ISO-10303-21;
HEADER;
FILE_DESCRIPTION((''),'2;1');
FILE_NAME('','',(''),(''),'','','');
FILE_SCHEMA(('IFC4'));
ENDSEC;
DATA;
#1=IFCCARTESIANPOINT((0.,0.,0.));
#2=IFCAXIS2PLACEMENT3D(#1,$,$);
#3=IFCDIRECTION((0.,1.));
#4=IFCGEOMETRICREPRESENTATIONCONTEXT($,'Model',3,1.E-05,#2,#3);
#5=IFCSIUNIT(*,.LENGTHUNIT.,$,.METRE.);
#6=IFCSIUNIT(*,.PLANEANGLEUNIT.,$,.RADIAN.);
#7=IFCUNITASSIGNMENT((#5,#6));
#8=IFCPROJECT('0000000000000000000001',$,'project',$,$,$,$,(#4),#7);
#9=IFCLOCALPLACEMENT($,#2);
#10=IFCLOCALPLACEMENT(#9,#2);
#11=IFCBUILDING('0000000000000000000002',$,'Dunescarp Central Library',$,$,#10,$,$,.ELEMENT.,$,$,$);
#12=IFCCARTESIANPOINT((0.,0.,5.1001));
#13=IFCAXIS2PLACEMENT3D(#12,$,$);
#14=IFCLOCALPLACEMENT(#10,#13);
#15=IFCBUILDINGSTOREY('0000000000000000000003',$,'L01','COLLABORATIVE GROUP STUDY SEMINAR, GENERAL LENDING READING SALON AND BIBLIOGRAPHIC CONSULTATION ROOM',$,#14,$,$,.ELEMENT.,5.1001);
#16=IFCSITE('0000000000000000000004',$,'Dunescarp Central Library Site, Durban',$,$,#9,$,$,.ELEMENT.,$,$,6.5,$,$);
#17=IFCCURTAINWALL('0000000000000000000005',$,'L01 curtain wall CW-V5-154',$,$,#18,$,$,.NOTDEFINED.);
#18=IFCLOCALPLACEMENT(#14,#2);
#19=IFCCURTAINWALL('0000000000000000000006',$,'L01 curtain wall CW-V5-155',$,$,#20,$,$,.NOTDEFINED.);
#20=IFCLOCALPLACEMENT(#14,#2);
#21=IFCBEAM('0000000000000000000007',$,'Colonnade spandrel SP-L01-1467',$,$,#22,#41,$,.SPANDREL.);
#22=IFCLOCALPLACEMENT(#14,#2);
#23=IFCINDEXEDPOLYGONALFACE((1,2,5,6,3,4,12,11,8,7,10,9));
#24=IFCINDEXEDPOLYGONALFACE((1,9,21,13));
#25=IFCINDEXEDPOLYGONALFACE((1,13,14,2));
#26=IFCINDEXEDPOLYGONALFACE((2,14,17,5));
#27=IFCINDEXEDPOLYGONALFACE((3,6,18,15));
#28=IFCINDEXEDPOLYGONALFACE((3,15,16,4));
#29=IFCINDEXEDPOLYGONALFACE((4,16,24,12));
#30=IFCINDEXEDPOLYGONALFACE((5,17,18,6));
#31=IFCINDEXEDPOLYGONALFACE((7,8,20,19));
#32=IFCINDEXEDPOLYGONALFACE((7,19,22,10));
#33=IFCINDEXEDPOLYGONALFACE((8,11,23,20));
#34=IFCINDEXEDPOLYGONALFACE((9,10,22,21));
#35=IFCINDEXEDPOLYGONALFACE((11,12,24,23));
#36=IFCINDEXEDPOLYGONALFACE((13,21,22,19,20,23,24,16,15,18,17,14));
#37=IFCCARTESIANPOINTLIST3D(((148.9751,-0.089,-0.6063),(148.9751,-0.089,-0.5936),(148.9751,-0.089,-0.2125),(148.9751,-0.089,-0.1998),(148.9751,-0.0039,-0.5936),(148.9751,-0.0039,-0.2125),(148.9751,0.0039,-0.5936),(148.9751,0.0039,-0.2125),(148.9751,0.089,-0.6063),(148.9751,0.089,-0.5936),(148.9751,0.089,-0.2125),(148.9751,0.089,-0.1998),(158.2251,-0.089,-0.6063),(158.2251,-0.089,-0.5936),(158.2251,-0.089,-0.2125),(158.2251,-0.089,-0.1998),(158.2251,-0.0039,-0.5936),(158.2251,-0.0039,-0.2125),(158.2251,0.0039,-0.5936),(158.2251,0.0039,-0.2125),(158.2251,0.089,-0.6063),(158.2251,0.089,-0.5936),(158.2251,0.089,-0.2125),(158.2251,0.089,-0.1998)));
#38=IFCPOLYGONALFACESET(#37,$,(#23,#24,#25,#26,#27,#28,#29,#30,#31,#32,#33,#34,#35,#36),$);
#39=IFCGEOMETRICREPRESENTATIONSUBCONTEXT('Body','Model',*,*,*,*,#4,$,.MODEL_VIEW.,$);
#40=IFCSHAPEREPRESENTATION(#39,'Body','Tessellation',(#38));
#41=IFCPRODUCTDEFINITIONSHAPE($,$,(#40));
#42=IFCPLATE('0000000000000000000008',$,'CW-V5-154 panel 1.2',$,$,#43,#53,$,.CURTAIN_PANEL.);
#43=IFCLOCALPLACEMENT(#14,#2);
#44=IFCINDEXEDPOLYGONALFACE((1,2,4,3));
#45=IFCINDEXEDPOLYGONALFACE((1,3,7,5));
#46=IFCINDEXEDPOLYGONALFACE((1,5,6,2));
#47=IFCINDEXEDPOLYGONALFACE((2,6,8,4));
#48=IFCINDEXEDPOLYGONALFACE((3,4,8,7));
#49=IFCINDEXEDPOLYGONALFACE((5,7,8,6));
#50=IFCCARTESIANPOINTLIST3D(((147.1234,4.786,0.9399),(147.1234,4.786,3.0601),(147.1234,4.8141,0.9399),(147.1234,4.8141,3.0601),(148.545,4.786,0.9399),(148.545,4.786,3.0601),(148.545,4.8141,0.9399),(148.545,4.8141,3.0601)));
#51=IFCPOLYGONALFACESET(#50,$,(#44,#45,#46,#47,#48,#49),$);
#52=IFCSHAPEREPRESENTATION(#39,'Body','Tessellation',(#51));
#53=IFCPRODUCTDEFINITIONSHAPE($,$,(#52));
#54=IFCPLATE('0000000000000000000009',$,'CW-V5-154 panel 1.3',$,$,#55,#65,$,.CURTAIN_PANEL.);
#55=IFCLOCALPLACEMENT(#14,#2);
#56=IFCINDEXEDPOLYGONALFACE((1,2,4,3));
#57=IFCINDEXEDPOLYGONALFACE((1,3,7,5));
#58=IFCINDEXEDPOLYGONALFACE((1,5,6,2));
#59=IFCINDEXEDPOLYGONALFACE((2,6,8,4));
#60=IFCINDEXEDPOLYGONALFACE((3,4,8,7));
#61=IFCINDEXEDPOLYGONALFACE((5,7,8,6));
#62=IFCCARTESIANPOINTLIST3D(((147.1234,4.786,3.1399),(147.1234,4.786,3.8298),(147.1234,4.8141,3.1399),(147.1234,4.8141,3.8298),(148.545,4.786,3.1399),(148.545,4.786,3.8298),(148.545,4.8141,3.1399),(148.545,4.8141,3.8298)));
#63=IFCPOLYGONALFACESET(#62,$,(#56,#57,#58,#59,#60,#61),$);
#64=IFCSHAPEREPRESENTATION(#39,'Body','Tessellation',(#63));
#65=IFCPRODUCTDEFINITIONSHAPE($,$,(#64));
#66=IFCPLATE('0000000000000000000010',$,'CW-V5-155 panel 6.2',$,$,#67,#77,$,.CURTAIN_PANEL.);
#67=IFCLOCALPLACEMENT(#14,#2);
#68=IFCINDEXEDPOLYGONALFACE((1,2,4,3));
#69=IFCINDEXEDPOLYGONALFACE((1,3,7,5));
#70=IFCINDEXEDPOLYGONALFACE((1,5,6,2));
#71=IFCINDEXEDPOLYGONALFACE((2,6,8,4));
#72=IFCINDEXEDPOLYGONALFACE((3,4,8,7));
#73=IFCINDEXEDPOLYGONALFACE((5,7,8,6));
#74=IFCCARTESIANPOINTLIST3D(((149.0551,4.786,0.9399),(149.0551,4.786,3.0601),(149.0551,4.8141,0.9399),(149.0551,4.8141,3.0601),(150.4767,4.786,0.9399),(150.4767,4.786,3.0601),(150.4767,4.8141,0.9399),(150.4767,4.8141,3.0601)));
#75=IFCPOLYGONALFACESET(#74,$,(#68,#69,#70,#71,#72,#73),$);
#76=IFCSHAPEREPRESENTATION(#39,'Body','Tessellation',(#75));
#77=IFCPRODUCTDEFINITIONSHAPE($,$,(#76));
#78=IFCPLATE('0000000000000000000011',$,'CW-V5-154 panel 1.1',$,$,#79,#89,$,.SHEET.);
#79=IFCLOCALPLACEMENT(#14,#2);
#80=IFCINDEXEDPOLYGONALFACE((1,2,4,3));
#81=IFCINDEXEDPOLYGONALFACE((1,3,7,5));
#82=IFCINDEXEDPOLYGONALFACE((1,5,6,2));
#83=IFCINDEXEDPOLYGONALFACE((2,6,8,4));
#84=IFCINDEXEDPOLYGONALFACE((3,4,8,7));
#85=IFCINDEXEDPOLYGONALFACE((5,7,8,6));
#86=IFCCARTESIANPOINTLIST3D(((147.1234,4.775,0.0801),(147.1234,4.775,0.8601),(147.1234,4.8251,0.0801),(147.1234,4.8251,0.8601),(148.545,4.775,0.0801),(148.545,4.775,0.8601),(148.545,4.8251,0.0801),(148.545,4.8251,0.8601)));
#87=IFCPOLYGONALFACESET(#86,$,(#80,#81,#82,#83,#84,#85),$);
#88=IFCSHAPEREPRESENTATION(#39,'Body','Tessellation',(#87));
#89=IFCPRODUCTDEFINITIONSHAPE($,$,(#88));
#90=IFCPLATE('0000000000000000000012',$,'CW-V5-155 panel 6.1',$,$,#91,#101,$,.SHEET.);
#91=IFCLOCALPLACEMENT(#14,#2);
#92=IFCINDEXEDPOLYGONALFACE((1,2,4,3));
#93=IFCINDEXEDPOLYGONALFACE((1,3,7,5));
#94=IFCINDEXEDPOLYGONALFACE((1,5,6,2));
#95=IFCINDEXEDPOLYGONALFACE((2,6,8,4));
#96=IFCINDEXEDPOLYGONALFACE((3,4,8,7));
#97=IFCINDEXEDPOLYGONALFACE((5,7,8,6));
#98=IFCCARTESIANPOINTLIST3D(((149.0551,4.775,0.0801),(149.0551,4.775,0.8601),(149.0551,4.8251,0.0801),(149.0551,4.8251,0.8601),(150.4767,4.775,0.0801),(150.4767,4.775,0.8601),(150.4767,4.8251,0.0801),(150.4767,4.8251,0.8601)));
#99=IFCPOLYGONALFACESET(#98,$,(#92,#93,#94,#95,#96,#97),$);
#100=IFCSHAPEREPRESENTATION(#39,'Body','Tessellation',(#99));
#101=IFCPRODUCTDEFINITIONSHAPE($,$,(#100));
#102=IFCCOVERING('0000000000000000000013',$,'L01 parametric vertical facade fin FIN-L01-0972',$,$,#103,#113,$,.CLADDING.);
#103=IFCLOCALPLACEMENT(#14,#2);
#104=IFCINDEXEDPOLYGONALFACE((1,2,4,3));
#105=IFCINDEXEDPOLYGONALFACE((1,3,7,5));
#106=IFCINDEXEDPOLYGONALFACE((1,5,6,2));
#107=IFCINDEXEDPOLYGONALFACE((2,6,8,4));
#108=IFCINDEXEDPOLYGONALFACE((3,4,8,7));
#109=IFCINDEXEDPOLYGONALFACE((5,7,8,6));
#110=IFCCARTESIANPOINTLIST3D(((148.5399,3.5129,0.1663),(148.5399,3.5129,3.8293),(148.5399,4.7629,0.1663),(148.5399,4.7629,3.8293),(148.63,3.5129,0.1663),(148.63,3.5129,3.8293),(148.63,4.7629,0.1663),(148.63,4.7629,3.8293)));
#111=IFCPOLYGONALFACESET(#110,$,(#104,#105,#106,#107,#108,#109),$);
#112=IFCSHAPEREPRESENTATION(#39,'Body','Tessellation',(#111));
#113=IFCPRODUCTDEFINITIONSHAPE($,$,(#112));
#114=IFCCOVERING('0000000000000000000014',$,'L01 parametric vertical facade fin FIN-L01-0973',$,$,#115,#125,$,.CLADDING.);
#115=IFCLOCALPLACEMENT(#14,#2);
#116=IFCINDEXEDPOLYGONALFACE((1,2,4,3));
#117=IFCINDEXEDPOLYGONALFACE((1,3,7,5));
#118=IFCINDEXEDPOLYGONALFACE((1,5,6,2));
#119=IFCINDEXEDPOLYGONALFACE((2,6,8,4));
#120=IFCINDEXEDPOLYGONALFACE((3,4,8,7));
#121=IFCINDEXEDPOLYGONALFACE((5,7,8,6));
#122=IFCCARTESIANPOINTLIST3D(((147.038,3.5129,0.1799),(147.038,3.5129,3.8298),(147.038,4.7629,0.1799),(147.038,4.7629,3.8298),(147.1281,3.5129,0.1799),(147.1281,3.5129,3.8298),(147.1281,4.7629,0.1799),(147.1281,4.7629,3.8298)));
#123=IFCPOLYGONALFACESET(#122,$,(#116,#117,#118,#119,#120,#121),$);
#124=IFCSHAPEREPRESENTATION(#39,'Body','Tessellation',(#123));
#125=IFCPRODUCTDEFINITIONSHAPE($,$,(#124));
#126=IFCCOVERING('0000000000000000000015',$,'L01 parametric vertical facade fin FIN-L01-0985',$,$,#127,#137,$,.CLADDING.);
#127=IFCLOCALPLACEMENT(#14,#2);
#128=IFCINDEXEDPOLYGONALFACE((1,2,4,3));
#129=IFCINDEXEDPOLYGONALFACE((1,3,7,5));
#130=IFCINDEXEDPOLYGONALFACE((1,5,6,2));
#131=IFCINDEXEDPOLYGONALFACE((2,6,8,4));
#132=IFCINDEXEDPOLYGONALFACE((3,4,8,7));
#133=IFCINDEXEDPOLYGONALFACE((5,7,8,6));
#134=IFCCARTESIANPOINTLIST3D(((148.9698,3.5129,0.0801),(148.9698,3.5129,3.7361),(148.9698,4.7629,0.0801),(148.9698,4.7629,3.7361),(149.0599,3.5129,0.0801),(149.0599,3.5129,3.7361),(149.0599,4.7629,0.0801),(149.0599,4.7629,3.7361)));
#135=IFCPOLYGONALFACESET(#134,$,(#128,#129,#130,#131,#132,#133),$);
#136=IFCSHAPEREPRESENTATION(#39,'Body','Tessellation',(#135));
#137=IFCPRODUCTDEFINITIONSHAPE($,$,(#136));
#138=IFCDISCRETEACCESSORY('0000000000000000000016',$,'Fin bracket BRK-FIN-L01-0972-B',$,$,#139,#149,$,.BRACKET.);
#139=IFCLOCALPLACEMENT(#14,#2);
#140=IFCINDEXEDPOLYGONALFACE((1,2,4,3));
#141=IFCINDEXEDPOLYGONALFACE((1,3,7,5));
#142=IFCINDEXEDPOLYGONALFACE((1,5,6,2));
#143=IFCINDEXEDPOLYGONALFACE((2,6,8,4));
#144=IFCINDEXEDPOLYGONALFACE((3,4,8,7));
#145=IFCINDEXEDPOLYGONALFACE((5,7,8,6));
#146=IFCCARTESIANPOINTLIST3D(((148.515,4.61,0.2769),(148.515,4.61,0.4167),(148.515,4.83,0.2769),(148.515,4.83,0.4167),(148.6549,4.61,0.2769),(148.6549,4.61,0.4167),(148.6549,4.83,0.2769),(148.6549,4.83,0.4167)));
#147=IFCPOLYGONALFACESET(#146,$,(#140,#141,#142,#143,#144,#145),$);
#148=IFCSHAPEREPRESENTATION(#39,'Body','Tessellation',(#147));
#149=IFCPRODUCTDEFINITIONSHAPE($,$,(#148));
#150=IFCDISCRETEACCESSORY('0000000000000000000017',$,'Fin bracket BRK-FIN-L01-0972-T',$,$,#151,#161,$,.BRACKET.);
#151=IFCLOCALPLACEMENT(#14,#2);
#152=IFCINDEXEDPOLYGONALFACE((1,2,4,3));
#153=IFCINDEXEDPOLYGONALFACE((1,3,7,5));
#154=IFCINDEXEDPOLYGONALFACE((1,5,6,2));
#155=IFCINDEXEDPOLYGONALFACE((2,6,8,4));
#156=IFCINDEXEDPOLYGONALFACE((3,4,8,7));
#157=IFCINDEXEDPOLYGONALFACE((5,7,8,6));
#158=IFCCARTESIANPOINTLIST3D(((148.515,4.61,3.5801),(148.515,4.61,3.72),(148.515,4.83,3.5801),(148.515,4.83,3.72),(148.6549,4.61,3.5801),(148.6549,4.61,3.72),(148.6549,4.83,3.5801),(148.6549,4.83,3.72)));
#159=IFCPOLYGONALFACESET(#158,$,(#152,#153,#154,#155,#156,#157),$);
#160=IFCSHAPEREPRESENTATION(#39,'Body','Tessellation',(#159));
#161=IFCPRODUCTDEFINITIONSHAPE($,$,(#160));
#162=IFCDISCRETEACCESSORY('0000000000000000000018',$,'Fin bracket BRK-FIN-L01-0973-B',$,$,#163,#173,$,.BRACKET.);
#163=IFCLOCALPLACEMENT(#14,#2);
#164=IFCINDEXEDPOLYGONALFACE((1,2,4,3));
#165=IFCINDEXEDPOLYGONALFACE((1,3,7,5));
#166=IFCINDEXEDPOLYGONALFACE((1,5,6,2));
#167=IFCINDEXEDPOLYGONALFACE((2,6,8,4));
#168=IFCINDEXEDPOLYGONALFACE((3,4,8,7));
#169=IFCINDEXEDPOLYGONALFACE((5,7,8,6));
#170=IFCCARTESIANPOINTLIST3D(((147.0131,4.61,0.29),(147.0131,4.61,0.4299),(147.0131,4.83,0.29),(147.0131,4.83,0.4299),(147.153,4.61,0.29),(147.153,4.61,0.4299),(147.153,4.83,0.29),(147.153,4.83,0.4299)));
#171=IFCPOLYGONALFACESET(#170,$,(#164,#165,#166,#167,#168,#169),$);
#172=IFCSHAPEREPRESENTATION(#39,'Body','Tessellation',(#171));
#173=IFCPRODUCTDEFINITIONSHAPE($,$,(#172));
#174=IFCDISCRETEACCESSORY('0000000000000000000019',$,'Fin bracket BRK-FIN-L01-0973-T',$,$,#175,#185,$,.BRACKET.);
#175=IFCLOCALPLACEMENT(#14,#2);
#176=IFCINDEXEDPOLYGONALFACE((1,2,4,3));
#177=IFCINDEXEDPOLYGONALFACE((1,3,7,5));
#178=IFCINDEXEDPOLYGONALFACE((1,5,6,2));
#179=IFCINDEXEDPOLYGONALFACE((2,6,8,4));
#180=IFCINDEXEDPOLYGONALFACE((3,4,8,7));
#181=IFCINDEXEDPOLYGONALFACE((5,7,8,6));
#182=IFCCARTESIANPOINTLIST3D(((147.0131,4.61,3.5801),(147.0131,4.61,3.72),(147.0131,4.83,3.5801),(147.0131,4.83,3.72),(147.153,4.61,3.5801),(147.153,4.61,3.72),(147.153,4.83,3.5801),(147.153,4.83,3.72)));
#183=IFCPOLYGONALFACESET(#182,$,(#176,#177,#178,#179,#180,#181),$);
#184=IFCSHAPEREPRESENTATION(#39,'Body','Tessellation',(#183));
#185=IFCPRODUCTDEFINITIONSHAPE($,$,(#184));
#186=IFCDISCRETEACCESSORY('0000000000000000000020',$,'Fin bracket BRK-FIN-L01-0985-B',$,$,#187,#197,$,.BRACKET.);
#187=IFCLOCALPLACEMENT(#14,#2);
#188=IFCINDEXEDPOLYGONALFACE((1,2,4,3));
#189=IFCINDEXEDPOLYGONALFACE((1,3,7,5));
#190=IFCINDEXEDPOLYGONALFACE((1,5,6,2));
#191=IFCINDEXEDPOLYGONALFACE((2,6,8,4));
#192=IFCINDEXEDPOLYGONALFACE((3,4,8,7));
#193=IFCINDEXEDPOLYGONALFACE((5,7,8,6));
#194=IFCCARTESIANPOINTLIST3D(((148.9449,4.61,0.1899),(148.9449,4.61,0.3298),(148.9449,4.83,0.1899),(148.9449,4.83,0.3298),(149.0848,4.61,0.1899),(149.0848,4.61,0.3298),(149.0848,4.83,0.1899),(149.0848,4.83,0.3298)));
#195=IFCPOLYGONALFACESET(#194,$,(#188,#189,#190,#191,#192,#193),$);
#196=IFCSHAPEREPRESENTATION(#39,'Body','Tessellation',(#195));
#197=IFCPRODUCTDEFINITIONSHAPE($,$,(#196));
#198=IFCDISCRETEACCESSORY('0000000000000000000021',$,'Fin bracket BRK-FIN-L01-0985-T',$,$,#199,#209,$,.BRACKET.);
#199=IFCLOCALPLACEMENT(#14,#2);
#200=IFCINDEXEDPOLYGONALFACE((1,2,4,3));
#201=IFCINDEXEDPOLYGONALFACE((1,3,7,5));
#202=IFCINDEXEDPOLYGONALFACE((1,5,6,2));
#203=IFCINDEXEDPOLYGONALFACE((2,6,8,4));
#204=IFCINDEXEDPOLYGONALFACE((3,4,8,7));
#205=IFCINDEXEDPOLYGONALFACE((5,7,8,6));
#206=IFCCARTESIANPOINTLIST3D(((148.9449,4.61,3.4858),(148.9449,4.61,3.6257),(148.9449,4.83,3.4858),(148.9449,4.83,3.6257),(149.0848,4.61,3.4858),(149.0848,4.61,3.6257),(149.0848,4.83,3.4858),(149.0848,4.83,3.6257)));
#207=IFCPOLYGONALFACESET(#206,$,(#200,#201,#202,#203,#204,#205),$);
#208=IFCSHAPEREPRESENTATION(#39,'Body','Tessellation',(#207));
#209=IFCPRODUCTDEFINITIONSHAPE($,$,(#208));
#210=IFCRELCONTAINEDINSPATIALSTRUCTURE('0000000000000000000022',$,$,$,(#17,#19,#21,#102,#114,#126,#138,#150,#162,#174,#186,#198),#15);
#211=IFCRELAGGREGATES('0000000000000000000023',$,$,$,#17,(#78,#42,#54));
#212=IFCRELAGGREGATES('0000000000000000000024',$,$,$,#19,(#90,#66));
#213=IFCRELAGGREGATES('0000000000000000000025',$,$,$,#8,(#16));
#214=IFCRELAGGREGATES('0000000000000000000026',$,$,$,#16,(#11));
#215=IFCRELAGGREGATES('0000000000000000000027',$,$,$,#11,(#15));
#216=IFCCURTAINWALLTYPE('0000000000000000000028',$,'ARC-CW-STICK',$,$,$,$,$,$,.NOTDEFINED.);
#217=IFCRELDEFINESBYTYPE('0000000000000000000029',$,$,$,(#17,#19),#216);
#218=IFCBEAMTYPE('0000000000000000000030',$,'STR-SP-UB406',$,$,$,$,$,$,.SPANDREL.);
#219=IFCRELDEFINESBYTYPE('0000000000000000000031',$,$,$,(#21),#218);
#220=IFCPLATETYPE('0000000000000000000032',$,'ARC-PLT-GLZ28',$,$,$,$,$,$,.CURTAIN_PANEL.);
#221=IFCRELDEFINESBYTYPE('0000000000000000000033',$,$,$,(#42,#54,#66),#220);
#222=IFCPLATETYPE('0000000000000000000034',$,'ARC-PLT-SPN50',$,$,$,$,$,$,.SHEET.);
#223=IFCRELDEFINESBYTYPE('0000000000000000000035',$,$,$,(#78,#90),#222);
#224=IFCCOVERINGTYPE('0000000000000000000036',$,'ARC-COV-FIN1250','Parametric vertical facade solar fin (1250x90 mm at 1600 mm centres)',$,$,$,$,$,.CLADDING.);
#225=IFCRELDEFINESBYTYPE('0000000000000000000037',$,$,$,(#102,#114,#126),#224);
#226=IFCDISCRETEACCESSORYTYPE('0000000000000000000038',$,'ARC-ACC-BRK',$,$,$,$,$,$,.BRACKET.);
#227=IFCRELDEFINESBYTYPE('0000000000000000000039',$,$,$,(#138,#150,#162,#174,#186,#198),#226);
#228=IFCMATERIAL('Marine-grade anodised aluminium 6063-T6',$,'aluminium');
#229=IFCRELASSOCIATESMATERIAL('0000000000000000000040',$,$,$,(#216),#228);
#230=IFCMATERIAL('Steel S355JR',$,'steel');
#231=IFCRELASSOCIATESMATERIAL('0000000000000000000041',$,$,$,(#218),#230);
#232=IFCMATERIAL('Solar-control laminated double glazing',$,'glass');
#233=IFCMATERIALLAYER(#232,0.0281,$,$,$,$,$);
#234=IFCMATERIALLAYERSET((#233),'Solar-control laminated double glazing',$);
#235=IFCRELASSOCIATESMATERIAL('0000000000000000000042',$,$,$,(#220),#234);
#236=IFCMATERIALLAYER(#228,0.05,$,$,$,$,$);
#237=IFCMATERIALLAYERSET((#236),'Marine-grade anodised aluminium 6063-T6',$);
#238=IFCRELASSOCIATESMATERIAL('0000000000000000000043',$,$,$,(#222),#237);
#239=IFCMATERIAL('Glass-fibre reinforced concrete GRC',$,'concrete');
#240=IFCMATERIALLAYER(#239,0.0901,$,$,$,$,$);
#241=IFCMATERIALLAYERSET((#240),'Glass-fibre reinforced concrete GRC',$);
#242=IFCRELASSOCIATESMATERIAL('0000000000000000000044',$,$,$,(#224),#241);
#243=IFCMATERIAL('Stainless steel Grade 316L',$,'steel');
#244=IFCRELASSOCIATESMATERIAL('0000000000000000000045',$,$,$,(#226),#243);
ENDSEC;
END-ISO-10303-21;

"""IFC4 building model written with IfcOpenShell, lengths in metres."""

from ifc_helpers import new_model, si_unit, direction, frame, origin, origin_2d, place, context, subcontext, project, spatial, rectangle, i_section, extrude, material, layer, layer_set, material_profile, profile_set, type_object, element, aggregate, save


model = new_model("IFC4")

# Units and contexts
model_context = context("Model", 3, precision=1e-05, world=origin(), true_north=direction((0.0, 1.0)))
body_context = subcontext(model_context, "Body", "Model", "MODEL_VIEW")
ifc_project = project(units=[si_unit("LENGTHUNIT", "METRE"), si_unit("PLANEANGLEUNIT", "RADIAN")], contexts=[model_context])

# Site, building, storey
site_placement = place(None, origin())
site = spatial("IfcSite", under=ifc_project, at=site_placement, Name="Dunescarp Central Library Site, Durban", CompositionType="ELEMENT", RefElevation=6.5)
building_placement = place(site_placement, origin())
building = spatial("IfcBuilding", under=site, at=building_placement, Name="Dunescarp Central Library", CompositionType="ELEMENT")
storey_placement = place(building_placement, frame((0.0, 0.0, 5.1001)))
storey = spatial("IfcBuildingStorey", under=building, at=storey_placement, Name="L01", Description="COLLABORATIVE GROUP STUDY SEMINAR, GENERAL LENDING READING SALON AND BIBLIOGRAPHIC CONSULTATION ROOM", CompositionType="ELEMENT", Elevation=5.1001)

# Shared definitions
ifc_material_1 = material(Name="Steel S355JR", Category="steel")

# Curtain wall
ifc_material_2 = material(Name="Marine-grade anodised aluminium 6063-T6", Category="aluminium")
curtain_wall_type = type_object("IfcCurtainWallType", Name="ARC-CW-STICK", PredefinedType="NOTDEFINED", material=ifc_material_2)
curtain_wall_1_placement = place(storey_placement, origin())
curtain_wall_1 = element("IfcCurtainWall", 1, at=curtain_wall_1_placement, inside=storey, type_object=curtain_wall_type, Name="L01 curtain wall CW-V5-154", PredefinedType="NOTDEFINED")

# Curtain wall
curtain_wall_2_placement = place(storey_placement, origin())
curtain_wall_2 = element("IfcCurtainWall", 2, at=curtain_wall_2_placement, inside=storey, type_object=curtain_wall_type, Name="L01 curtain wall CW-V5-155", PredefinedType="NOTDEFINED")

# Beam
ifc_material_profile_1 = material_profile(ifc_material_1, i_section(OverallWidth=0.178, OverallDepth=0.4065, WebThickness=0.0078, FlangeThickness=0.0127, at=origin_2d()), Name="UB 406x178x60")
ifc_profile_set_1 = profile_set([ifc_material_profile_1], Name="Steel S355JR")
beam_type_1 = type_object("IfcBeamType", Name="STR-SP-UB406", PredefinedType="SPANDREL", material=ifc_profile_set_1)
beam_1_placement = place(storey_placement, frame((148.9751, 0.0, -0.4031), z_axis=(1.0, 0.0, 0.0), x_axis=(0.0, 1.0, 0.0)))
element("IfcBeam", 3, at=beam_1_placement, inside=storey, type_object=beam_type_1, Name="Colonnade spandrel SP-L01-1467", PredefinedType="SPANDREL", context=body_context, shape_type="SweptSolid", body=[
    extrude(i_section(OverallWidth=0.178, OverallDepth=0.4065, WebThickness=0.0078, FlangeThickness=0.0127, at=origin_2d()), origin(), (0.0, 0.0, 1.0), 9.25),
])

# Plates
ifc_material_3 = material(Name="Solar-control laminated double glazing", Category="glass")
ifc_layer_1 = layer(ifc_material_3, 0.0281)
ifc_layer_set_1 = layer_set([ifc_layer_1], Name="Solar-control laminated double glazing")
plate_type_1 = type_object("IfcPlateType", Name="ARC-PLT-GLZ28", PredefinedType="CURTAIN_PANEL", material=ifc_layer_set_1)
plate_1_placement = place(storey_placement, frame((147.8342, 4.8, 0.9399), z_axis=(0.0, 0.0, 1.0), x_axis=(-1.0, 0.0, 0.0)))
plate_1 = element("IfcPlate", 4, at=plate_1_placement, type_object=plate_type_1, Name="CW-V5-154 panel 1.2", PredefinedType="CURTAIN_PANEL", context=body_context, shape_type="SweptSolid", body=[
    extrude(rectangle(XDim=1.4216, YDim=0.0281, at=origin_2d()), origin(), (0.0, 0.0, 1.0), 2.1201),
])
plate_2_placement = place(storey_placement, frame((147.8342, 4.8, 3.1399), z_axis=(0.0, 0.0, 1.0), x_axis=(-1.0, 0.0, 0.0)))
plate_2 = element("IfcPlate", 5, at=plate_2_placement, type_object=plate_type_1, Name="CW-V5-154 panel 1.3", PredefinedType="CURTAIN_PANEL", context=body_context, shape_type="SweptSolid", body=[
    extrude(rectangle(XDim=1.4216, YDim=0.0281, at=origin_2d()), origin(), (0.0, 0.0, 1.0), 0.6899),
])
plate_3_placement = place(storey_placement, frame((149.7659, 4.8, 0.9399), z_axis=(0.0, 0.0, 1.0), x_axis=(-1.0, 0.0, 0.0)))
plate_3 = element("IfcPlate", 6, at=plate_3_placement, type_object=plate_type_1, Name="CW-V5-155 panel 6.2", PredefinedType="CURTAIN_PANEL", context=body_context, shape_type="SweptSolid", body=[
    extrude(rectangle(XDim=1.4216, YDim=0.0281, at=origin_2d()), origin(), (0.0, 0.0, 1.0), 2.1201),
])
ifc_layer_2 = layer(ifc_material_2, 0.05)
ifc_layer_set_2 = layer_set([ifc_layer_2], Name="Marine-grade anodised aluminium 6063-T6")
plate_type_2 = type_object("IfcPlateType", Name="ARC-PLT-SPN50", PredefinedType="SHEET", material=ifc_layer_set_2)
plate_4_placement = place(storey_placement, frame((147.8342, 4.8, 0.0801), z_axis=(0.0, 0.0, 1.0), x_axis=(-1.0, 0.0, 0.0)))
plate_4 = element("IfcPlate", 7, at=plate_4_placement, type_object=plate_type_2, Name="CW-V5-154 panel 1.1", PredefinedType="SHEET", context=body_context, shape_type="SweptSolid", body=[
    extrude(rectangle(XDim=1.4216, YDim=0.05, at=origin_2d()), origin(), (0.0, 0.0, 1.0), 0.78),
])
aggregate(curtain_wall_1, [plate_4, plate_1, plate_2])
plate_5_placement = place(storey_placement, frame((149.7659, 4.8, 0.0801), z_axis=(0.0, 0.0, 1.0), x_axis=(-1.0, 0.0, 0.0)))
plate_5 = element("IfcPlate", 8, at=plate_5_placement, type_object=plate_type_2, Name="CW-V5-155 panel 6.1", PredefinedType="SHEET", context=body_context, shape_type="SweptSolid", body=[
    extrude(rectangle(XDim=1.4216, YDim=0.05, at=origin_2d()), origin(), (0.0, 0.0, 1.0), 0.78),
])
aggregate(curtain_wall_2, [plate_5, plate_3])

# Coverings
ifc_material_4 = material(Name="Glass-fibre reinforced concrete GRC", Category="concrete")
ifc_layer_3 = layer(ifc_material_4, 0.0901)
ifc_layer_set_3 = layer_set([ifc_layer_3], Name="Glass-fibre reinforced concrete GRC")
covering_type = type_object("IfcCoveringType", Name="ARC-COV-FIN1250", Description="Parametric vertical facade solar fin (1250x90 mm at 1600 mm centres)", PredefinedType="CLADDING", material=ifc_layer_set_3)
covering_1_placement = place(storey_placement, frame((148.585, 4.1379, 0.1663), z_axis=(0.0, 0.0, 1.0), x_axis=(0.0, -1.0, 0.0)))
element("IfcCovering", 9, at=covering_1_placement, inside=storey, type_object=covering_type, Name="L01 parametric vertical facade fin FIN-L01-0972", PredefinedType="CLADDING", context=body_context, shape_type="SweptSolid", body=[
    extrude(rectangle(XDim=1.25, YDim=0.0901, at=origin_2d()), origin(), (0.0, 0.0, 1.0), 3.6631),
])
covering_2_placement = place(storey_placement, frame((147.083, 4.1379, 0.1799), z_axis=(0.0, 0.0, 1.0), x_axis=(0.0, -1.0, 0.0)))
element("IfcCovering", 10, at=covering_2_placement, inside=storey, type_object=covering_type, Name="L01 parametric vertical facade fin FIN-L01-0973", PredefinedType="CLADDING", context=body_context, shape_type="SweptSolid", body=[
    extrude(rectangle(XDim=1.25, YDim=0.0901, at=origin_2d()), origin(), (0.0, 0.0, 1.0), 3.6499),
])
covering_3_placement = place(storey_placement, frame((149.0149, 4.1379, 0.0801), z_axis=(0.0, 0.0, 1.0), x_axis=(0.0, -1.0, 0.0)))
element("IfcCovering", 11, at=covering_3_placement, inside=storey, type_object=covering_type, Name="L01 parametric vertical facade fin FIN-L01-0985", PredefinedType="CLADDING", context=body_context, shape_type="SweptSolid", body=[
    extrude(rectangle(XDim=1.25, YDim=0.0901, at=origin_2d()), origin(), (0.0, 0.0, 1.0), 3.656),
])

# Discrete accessories
ifc_material_5 = material(Name="Stainless steel Grade 316L", Category="steel")
discrete_accessory_type = type_object("IfcDiscreteAccessoryType", Name="ARC-ACC-BRK", PredefinedType="BRACKET", material=ifc_material_5)
for number, where, z_axis, x_axis, name in (
    (12, (148.585, 4.72, 0.2769), (0.0, 0.0, 1.0), (0.0, -1.0, 0.0), "Fin bracket BRK-FIN-L01-0972-B"),
    (13, (148.585, 4.72, 3.5801), (0.0, 0.0, 1.0), (0.0, -1.0, 0.0), "Fin bracket BRK-FIN-L01-0972-T"),
    (14, (147.083, 4.72, 0.29), (0.0, 0.0, 1.0), (0.0, -1.0, 0.0), "Fin bracket BRK-FIN-L01-0973-B"),
    (15, (147.083, 4.72, 3.5801), (0.0, 0.0, 1.0), (0.0, -1.0, 0.0), "Fin bracket BRK-FIN-L01-0973-T"),
    (16, (149.0149, 4.72, 0.1899), (0.0, 0.0, 1.0), (0.0, -1.0, 0.0), "Fin bracket BRK-FIN-L01-0985-B"),
    (17, (149.0149, 4.72, 3.4858), (0.0, 0.0, 1.0), (0.0, -1.0, 0.0), "Fin bracket BRK-FIN-L01-0985-T"),
):
    element("IfcDiscreteAccessory", number, at=place(storey_placement, frame(where, z_axis=z_axis, x_axis=x_axis)), inside=storey, type_object=discrete_accessory_type, Name=name, PredefinedType="BRACKET", context=body_context, shape_type="SweptSolid", body=[
        extrude(rectangle(XDim=0.22, YDim=0.1399, at=origin_2d()), origin(), (0.0, 0.0, 1.0), 0.1399),
    ])

save(model, "model.ifc")
